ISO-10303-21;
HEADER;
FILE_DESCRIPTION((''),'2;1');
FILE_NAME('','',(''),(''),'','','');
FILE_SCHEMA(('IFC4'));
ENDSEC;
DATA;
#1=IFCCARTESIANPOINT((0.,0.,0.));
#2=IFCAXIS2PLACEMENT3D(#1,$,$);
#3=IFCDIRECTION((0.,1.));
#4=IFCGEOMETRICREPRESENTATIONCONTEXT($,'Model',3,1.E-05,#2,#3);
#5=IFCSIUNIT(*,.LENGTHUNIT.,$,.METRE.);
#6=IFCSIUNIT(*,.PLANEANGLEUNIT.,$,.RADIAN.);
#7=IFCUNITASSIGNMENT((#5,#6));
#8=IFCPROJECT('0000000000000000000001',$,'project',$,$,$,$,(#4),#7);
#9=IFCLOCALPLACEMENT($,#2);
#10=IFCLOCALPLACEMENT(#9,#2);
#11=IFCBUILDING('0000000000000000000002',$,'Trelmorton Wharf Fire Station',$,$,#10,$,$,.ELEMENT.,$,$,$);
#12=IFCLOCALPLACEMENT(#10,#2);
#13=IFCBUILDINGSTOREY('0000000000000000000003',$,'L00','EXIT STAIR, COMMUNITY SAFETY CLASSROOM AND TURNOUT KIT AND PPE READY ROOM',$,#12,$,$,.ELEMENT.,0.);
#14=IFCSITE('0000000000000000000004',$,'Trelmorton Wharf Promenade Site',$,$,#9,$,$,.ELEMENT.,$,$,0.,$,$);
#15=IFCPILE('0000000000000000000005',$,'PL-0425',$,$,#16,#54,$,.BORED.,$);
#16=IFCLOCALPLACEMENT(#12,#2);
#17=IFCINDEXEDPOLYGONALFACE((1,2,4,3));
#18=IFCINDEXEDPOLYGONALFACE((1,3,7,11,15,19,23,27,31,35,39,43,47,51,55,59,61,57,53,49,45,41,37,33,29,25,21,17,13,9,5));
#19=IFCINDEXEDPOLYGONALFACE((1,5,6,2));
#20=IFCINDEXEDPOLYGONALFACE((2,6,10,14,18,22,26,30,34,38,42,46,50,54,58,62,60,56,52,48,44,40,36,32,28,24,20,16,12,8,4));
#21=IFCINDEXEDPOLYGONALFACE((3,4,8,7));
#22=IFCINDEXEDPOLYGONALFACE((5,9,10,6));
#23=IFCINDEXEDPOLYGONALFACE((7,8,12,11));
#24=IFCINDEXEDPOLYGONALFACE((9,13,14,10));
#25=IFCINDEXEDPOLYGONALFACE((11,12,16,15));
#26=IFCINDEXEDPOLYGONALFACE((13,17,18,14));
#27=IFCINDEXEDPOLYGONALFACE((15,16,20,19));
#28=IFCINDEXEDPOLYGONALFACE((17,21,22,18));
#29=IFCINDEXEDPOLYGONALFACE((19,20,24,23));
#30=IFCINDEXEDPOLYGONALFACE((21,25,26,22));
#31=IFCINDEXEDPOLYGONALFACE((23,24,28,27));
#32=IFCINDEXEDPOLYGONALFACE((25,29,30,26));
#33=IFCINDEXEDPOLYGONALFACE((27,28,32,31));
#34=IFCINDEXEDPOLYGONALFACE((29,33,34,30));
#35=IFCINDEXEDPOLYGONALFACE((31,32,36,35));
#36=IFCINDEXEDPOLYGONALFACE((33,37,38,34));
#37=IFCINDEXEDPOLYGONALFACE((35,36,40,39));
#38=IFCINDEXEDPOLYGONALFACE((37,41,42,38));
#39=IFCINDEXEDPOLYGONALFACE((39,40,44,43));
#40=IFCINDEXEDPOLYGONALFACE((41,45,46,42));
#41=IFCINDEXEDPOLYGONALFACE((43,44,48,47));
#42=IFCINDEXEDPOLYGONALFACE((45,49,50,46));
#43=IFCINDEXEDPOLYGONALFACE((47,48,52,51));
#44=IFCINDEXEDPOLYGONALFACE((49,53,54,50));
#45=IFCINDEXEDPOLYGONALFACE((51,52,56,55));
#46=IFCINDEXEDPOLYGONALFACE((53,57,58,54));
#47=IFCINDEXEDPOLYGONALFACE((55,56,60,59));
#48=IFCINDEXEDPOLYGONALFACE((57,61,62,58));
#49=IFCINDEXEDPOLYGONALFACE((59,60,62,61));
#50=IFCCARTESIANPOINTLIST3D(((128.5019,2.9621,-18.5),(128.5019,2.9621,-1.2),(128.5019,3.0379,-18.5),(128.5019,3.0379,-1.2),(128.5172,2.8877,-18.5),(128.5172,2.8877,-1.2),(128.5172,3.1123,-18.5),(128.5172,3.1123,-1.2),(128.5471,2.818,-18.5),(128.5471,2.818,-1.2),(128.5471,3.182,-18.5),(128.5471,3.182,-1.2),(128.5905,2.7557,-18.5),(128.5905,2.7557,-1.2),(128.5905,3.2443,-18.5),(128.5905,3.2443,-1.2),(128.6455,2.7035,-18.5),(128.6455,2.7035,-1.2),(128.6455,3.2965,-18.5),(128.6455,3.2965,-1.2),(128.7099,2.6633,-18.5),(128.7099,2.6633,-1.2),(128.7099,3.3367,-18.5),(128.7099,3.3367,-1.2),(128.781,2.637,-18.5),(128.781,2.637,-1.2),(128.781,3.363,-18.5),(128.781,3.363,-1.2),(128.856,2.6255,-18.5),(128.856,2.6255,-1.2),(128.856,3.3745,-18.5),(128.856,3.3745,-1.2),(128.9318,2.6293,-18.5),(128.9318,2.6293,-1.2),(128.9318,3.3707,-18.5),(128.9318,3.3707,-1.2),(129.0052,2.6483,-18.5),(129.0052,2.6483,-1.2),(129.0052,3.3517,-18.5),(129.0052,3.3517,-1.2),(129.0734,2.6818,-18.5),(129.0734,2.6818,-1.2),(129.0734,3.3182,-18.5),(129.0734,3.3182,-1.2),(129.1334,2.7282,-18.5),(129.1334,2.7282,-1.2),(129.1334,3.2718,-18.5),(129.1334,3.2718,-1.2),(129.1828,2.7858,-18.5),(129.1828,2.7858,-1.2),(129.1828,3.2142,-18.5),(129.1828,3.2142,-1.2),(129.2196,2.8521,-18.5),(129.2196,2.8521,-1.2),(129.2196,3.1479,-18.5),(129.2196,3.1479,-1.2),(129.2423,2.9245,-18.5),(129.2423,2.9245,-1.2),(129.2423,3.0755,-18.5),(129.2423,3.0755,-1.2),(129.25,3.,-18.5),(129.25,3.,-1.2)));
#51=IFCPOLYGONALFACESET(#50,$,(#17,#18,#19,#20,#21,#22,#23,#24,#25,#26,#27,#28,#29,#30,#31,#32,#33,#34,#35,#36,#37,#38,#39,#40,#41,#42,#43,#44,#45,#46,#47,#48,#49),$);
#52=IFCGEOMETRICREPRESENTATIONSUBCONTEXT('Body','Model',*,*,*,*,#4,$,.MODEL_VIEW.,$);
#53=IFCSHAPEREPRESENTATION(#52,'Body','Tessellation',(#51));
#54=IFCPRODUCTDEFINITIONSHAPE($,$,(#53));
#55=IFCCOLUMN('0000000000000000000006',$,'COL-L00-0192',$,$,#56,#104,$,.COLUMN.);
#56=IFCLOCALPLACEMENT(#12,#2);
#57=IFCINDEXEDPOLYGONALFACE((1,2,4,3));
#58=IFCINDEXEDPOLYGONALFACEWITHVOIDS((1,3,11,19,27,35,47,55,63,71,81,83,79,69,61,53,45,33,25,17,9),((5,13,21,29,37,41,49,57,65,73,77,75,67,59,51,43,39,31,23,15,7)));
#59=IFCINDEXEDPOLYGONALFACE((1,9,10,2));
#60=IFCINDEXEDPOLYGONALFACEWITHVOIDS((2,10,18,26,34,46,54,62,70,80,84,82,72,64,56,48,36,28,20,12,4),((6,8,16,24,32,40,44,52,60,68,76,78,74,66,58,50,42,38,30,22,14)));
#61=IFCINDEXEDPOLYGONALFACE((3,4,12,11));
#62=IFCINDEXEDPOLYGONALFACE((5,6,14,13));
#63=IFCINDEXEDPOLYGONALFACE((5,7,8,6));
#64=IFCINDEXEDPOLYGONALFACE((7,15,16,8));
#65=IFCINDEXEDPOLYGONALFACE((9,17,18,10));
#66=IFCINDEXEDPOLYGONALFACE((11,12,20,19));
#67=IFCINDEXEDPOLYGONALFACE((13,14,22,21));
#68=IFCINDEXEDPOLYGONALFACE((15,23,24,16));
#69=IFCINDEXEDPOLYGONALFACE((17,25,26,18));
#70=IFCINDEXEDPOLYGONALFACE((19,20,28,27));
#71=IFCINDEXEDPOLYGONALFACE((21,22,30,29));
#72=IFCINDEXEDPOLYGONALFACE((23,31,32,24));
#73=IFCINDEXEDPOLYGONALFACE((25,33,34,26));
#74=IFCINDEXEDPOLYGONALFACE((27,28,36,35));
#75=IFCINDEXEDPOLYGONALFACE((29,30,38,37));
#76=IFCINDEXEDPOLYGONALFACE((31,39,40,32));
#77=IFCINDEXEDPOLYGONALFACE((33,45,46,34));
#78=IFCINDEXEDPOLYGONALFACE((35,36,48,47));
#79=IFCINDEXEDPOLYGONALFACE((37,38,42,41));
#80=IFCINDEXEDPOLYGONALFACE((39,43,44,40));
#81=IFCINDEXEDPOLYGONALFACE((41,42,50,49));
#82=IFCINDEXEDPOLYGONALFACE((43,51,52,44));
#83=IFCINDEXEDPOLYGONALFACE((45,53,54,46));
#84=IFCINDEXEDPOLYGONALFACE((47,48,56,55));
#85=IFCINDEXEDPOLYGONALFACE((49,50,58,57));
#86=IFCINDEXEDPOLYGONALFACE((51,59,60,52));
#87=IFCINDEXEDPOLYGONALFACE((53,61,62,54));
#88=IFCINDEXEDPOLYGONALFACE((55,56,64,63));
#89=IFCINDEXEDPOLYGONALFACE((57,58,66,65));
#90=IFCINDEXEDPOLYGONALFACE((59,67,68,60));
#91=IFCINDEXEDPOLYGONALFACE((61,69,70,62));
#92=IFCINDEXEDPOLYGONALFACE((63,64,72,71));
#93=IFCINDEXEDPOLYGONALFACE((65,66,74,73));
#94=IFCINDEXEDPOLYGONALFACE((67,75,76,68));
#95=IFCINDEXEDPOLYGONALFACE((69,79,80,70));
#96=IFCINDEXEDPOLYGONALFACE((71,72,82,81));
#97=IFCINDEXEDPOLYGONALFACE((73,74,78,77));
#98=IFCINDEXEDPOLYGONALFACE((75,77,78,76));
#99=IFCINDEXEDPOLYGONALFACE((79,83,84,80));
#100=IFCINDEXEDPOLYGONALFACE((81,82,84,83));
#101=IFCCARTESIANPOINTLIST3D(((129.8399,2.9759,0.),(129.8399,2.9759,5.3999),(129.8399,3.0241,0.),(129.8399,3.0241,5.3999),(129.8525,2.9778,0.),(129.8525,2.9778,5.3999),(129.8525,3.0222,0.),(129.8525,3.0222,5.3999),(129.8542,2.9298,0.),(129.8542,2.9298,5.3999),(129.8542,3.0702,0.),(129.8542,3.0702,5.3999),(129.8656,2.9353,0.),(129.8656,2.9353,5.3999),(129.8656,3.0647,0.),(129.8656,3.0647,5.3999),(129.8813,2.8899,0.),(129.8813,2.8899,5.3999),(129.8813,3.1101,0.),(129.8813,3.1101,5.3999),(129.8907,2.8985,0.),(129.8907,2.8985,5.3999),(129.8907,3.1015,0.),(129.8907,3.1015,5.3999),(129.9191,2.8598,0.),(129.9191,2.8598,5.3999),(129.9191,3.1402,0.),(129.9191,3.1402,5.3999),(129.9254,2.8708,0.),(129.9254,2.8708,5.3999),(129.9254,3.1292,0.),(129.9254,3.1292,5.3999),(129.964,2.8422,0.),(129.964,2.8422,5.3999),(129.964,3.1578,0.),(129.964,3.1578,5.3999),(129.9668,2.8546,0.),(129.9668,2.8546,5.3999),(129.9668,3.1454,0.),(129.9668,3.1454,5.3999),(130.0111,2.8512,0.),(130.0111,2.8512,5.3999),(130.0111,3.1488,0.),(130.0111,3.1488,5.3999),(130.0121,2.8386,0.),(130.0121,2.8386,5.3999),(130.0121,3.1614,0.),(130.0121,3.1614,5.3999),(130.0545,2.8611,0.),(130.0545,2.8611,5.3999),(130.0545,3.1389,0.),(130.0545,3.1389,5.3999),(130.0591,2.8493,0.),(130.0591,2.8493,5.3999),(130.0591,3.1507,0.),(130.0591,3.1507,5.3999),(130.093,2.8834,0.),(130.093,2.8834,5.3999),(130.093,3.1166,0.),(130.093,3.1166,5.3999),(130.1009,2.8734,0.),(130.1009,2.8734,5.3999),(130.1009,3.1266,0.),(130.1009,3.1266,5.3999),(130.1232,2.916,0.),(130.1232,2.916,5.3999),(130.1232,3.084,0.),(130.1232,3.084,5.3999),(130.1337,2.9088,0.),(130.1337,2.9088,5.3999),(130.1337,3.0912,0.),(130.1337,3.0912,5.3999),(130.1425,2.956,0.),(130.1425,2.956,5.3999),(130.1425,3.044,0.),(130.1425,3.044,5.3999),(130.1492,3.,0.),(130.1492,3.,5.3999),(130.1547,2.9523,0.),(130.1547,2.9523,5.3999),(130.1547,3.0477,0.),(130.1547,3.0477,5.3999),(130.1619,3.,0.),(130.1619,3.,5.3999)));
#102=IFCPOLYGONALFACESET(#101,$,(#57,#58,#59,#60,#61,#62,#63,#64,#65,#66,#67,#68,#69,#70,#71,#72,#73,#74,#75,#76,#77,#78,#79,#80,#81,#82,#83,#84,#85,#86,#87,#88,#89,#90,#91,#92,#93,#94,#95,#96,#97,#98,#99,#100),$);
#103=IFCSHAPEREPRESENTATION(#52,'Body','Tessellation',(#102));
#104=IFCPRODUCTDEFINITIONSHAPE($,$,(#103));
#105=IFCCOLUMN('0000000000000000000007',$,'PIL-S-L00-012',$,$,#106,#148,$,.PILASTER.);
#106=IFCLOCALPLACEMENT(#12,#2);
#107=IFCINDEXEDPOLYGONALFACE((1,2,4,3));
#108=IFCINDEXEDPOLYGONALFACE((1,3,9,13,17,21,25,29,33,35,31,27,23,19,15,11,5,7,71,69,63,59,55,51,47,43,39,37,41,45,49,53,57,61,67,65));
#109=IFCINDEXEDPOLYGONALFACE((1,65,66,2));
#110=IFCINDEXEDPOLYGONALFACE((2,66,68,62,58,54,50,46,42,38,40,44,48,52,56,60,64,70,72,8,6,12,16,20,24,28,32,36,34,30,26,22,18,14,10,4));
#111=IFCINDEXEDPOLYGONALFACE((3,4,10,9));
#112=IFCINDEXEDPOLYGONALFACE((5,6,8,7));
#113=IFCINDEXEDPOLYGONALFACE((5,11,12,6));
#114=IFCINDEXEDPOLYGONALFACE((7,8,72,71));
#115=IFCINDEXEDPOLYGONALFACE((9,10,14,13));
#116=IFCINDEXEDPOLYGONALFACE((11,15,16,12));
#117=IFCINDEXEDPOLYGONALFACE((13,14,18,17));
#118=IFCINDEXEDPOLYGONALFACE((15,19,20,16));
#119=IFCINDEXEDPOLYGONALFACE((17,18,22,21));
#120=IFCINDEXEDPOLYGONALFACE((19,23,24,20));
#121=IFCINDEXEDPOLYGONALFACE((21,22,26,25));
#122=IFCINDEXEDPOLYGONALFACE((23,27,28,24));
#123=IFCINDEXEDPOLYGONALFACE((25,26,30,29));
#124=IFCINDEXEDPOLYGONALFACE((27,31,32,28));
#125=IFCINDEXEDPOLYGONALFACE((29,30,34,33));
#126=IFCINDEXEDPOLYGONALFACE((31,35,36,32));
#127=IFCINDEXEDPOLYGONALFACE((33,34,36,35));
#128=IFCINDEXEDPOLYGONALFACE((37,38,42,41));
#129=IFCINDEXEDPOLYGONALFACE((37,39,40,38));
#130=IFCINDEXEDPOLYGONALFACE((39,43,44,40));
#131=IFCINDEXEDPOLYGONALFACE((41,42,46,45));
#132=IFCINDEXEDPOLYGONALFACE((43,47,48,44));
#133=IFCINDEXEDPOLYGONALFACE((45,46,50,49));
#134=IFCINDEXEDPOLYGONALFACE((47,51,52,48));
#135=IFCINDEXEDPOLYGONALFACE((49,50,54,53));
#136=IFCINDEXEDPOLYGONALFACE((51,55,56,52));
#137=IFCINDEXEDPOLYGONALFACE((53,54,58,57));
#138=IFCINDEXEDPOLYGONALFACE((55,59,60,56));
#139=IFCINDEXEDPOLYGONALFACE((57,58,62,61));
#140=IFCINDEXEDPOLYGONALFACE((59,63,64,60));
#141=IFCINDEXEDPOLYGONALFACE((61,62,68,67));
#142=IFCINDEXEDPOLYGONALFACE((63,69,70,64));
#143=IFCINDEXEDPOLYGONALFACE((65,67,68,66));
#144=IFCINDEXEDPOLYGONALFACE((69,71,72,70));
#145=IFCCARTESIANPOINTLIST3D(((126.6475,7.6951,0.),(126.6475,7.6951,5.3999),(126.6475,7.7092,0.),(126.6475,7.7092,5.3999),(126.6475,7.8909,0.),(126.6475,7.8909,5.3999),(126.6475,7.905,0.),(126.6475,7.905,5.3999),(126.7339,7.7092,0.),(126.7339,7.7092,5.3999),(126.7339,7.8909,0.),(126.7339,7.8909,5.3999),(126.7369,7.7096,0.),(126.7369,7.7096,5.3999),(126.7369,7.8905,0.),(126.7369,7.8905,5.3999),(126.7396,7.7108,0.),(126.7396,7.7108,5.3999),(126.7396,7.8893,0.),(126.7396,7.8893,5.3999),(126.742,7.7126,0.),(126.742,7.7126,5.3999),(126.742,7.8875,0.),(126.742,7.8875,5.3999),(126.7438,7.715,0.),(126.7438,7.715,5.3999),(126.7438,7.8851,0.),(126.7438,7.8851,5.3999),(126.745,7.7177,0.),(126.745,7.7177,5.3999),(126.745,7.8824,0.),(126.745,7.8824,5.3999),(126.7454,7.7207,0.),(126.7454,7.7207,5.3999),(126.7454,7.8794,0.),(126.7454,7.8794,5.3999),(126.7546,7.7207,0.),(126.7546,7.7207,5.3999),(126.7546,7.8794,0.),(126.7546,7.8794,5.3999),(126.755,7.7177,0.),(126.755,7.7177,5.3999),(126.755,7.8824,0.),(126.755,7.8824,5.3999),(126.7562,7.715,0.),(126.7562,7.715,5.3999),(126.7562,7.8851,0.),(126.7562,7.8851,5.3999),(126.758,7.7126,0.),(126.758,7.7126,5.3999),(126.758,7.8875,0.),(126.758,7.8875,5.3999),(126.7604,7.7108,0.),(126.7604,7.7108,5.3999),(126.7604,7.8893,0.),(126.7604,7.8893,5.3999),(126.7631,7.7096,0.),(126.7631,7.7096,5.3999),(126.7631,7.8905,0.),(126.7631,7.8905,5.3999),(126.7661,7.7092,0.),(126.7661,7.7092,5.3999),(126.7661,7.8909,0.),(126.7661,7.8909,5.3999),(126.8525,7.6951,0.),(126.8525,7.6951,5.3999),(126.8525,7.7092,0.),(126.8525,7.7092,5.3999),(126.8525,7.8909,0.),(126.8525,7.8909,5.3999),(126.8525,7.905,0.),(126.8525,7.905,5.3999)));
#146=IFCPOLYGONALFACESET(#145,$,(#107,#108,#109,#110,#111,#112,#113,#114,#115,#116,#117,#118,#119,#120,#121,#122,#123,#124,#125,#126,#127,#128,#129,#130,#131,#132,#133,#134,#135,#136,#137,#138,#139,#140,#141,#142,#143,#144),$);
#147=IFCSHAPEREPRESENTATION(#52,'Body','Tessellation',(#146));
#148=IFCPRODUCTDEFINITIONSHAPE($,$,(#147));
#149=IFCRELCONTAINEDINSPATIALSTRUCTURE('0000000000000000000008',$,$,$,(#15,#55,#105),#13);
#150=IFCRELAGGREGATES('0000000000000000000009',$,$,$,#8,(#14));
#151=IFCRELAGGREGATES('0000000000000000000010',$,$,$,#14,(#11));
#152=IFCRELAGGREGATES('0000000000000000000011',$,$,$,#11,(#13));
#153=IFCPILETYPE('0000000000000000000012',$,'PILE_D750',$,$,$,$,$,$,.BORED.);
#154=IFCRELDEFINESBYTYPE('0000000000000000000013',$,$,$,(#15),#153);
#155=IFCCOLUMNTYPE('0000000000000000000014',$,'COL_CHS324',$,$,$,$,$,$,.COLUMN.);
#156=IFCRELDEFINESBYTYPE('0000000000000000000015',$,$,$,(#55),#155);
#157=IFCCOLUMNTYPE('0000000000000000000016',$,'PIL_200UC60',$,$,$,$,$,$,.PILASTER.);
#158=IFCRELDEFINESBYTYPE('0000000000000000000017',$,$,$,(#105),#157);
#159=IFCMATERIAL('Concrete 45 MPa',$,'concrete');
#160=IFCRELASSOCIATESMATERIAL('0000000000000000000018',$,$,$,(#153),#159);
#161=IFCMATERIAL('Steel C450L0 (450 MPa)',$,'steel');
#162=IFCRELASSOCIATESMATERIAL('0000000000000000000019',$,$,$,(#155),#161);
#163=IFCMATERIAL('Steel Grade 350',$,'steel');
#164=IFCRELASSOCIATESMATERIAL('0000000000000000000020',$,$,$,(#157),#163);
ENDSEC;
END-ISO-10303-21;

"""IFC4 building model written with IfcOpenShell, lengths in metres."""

from ifc_helpers import new_model, si_unit, direction, frame, origin, origin_2d, place, context, subcontext, project, spatial, circle, hollow_circle, i_section, extrude, material, material_profile, profile_set, type_object, element, save


model = new_model("IFC4")

# Units and contexts
model_context = context("Model", 3, precision=1e-05, world=origin(), true_north=direction((0.0, 1.0)))
body_context = subcontext(model_context, "Body", "Model", "MODEL_VIEW")
ifc_project = project(units=[si_unit("LENGTHUNIT", "METRE"), si_unit("PLANEANGLEUNIT", "RADIAN")], contexts=[model_context])

# Site, building, storey
site_placement = place(None, origin())
site = spatial("IfcSite", under=ifc_project, at=site_placement, Name="Trelmorton Wharf Promenade Site", CompositionType="ELEMENT", RefElevation=0.0)
building_placement = place(site_placement, origin())
building = spatial("IfcBuilding", under=site, at=building_placement, Name="Trelmorton Wharf Fire Station", CompositionType="ELEMENT")
storey_placement = place(building_placement, origin())
storey = spatial("IfcBuildingStorey", under=building, at=storey_placement, Name="L00", Description="EXIT STAIR, COMMUNITY SAFETY CLASSROOM AND TURNOUT KIT AND PPE READY ROOM", CompositionType="ELEMENT", Elevation=0.0)

# Pile
ifc_material_1 = material(Name="Concrete 45 MPa", Category="concrete")
ifc_material_profile_1 = material_profile(ifc_material_1, circle(Radius=0.375, at=origin_2d()), Name="PILE-D750")
ifc_profile_set_1 = profile_set([ifc_material_profile_1], Name="Concrete 45 MPa")
pile_type_1 = type_object("IfcPileType", Name="PILE_D750", PredefinedType="BORED", material=ifc_profile_set_1)
for number, where, z_axis, x_axis, name in (
    (1, (128.875, 3.0, -1.2), (0.0, 0.0, -1.0), (1.0, 0.0, 0.0), "PL-0425"),
):
    element("IfcPile", number, at=place(storey_placement, frame(where, z_axis=z_axis, x_axis=x_axis)), inside=storey, type_object=pile_type_1, Name=name, PredefinedType="BORED", context=body_context, shape_type="SweptSolid", body=[
        extrude(circle(Radius=0.375, at=origin_2d()), origin(), (0.0, 0.0, 1.0), 17.3),
    ])

# Columns
ifc_material_2 = material(Name="Steel C450L0 (450 MPa)", Category="steel")
ifc_material_profile_2 = material_profile(ifc_material_2, hollow_circle(Radius=0.1619, WallThickness=0.0127, at=origin_2d()), Name="323.9x12.7CHS")
ifc_profile_set_2 = profile_set([ifc_material_profile_2], Name="Steel C450L0 (450 MPa)")
column_type_1 = type_object("IfcColumnType", Name="COL_CHS324", PredefinedType="COLUMN", material=ifc_profile_set_2)
column_1_placement = place(storey_placement, frame((130.0, 3.0, 0.0), z_axis=(0.0, 0.0, 1.0), x_axis=(1.0, 0.0, 0.0)))
element("IfcColumn", 2, at=column_1_placement, inside=storey, type_object=column_type_1, Name="COL-L00-0192", PredefinedType="COLUMN", context=body_context, shape_type="SweptSolid", body=[
    extrude(hollow_circle(Radius=0.1619, WallThickness=0.0127, at=origin_2d()), origin(), (0.0, 0.0, 1.0), 5.3999),
])
ifc_material_3 = material(Name="Steel Grade 350", Category="steel")
ifc_material_profile_3 = material_profile(ifc_material_3, i_section(OverallWidth=0.2051, OverallDepth=0.21, WebThickness=0.0093, FlangeThickness=0.0142, FilletRadius=0.0115, at=origin_2d()), Name="200UC59.5")
ifc_profile_set_3 = profile_set([ifc_material_profile_3], Name="Steel Grade 350")
column_type_2 = type_object("IfcColumnType", Name="PIL_200UC60", PredefinedType="PILASTER", material=ifc_profile_set_3)
column_2_placement = place(storey_placement, frame((126.75, 7.8, 0.0), z_axis=(0.0, 0.0, 1.0), x_axis=(1.0, 0.0, 0.0)))
element("IfcColumn", 3, at=column_2_placement, inside=storey, type_object=column_type_2, Name="PIL-S-L00-012", PredefinedType="PILASTER", context=body_context, shape_type="SweptSolid", body=[
    extrude(i_section(OverallWidth=0.2051, OverallDepth=0.21, WebThickness=0.0093, FlangeThickness=0.0142, FilletRadius=0.0115, at=origin_2d()), origin(), (0.0, 0.0, 1.0), 5.3999),
])

save(model, "model.ifc")
